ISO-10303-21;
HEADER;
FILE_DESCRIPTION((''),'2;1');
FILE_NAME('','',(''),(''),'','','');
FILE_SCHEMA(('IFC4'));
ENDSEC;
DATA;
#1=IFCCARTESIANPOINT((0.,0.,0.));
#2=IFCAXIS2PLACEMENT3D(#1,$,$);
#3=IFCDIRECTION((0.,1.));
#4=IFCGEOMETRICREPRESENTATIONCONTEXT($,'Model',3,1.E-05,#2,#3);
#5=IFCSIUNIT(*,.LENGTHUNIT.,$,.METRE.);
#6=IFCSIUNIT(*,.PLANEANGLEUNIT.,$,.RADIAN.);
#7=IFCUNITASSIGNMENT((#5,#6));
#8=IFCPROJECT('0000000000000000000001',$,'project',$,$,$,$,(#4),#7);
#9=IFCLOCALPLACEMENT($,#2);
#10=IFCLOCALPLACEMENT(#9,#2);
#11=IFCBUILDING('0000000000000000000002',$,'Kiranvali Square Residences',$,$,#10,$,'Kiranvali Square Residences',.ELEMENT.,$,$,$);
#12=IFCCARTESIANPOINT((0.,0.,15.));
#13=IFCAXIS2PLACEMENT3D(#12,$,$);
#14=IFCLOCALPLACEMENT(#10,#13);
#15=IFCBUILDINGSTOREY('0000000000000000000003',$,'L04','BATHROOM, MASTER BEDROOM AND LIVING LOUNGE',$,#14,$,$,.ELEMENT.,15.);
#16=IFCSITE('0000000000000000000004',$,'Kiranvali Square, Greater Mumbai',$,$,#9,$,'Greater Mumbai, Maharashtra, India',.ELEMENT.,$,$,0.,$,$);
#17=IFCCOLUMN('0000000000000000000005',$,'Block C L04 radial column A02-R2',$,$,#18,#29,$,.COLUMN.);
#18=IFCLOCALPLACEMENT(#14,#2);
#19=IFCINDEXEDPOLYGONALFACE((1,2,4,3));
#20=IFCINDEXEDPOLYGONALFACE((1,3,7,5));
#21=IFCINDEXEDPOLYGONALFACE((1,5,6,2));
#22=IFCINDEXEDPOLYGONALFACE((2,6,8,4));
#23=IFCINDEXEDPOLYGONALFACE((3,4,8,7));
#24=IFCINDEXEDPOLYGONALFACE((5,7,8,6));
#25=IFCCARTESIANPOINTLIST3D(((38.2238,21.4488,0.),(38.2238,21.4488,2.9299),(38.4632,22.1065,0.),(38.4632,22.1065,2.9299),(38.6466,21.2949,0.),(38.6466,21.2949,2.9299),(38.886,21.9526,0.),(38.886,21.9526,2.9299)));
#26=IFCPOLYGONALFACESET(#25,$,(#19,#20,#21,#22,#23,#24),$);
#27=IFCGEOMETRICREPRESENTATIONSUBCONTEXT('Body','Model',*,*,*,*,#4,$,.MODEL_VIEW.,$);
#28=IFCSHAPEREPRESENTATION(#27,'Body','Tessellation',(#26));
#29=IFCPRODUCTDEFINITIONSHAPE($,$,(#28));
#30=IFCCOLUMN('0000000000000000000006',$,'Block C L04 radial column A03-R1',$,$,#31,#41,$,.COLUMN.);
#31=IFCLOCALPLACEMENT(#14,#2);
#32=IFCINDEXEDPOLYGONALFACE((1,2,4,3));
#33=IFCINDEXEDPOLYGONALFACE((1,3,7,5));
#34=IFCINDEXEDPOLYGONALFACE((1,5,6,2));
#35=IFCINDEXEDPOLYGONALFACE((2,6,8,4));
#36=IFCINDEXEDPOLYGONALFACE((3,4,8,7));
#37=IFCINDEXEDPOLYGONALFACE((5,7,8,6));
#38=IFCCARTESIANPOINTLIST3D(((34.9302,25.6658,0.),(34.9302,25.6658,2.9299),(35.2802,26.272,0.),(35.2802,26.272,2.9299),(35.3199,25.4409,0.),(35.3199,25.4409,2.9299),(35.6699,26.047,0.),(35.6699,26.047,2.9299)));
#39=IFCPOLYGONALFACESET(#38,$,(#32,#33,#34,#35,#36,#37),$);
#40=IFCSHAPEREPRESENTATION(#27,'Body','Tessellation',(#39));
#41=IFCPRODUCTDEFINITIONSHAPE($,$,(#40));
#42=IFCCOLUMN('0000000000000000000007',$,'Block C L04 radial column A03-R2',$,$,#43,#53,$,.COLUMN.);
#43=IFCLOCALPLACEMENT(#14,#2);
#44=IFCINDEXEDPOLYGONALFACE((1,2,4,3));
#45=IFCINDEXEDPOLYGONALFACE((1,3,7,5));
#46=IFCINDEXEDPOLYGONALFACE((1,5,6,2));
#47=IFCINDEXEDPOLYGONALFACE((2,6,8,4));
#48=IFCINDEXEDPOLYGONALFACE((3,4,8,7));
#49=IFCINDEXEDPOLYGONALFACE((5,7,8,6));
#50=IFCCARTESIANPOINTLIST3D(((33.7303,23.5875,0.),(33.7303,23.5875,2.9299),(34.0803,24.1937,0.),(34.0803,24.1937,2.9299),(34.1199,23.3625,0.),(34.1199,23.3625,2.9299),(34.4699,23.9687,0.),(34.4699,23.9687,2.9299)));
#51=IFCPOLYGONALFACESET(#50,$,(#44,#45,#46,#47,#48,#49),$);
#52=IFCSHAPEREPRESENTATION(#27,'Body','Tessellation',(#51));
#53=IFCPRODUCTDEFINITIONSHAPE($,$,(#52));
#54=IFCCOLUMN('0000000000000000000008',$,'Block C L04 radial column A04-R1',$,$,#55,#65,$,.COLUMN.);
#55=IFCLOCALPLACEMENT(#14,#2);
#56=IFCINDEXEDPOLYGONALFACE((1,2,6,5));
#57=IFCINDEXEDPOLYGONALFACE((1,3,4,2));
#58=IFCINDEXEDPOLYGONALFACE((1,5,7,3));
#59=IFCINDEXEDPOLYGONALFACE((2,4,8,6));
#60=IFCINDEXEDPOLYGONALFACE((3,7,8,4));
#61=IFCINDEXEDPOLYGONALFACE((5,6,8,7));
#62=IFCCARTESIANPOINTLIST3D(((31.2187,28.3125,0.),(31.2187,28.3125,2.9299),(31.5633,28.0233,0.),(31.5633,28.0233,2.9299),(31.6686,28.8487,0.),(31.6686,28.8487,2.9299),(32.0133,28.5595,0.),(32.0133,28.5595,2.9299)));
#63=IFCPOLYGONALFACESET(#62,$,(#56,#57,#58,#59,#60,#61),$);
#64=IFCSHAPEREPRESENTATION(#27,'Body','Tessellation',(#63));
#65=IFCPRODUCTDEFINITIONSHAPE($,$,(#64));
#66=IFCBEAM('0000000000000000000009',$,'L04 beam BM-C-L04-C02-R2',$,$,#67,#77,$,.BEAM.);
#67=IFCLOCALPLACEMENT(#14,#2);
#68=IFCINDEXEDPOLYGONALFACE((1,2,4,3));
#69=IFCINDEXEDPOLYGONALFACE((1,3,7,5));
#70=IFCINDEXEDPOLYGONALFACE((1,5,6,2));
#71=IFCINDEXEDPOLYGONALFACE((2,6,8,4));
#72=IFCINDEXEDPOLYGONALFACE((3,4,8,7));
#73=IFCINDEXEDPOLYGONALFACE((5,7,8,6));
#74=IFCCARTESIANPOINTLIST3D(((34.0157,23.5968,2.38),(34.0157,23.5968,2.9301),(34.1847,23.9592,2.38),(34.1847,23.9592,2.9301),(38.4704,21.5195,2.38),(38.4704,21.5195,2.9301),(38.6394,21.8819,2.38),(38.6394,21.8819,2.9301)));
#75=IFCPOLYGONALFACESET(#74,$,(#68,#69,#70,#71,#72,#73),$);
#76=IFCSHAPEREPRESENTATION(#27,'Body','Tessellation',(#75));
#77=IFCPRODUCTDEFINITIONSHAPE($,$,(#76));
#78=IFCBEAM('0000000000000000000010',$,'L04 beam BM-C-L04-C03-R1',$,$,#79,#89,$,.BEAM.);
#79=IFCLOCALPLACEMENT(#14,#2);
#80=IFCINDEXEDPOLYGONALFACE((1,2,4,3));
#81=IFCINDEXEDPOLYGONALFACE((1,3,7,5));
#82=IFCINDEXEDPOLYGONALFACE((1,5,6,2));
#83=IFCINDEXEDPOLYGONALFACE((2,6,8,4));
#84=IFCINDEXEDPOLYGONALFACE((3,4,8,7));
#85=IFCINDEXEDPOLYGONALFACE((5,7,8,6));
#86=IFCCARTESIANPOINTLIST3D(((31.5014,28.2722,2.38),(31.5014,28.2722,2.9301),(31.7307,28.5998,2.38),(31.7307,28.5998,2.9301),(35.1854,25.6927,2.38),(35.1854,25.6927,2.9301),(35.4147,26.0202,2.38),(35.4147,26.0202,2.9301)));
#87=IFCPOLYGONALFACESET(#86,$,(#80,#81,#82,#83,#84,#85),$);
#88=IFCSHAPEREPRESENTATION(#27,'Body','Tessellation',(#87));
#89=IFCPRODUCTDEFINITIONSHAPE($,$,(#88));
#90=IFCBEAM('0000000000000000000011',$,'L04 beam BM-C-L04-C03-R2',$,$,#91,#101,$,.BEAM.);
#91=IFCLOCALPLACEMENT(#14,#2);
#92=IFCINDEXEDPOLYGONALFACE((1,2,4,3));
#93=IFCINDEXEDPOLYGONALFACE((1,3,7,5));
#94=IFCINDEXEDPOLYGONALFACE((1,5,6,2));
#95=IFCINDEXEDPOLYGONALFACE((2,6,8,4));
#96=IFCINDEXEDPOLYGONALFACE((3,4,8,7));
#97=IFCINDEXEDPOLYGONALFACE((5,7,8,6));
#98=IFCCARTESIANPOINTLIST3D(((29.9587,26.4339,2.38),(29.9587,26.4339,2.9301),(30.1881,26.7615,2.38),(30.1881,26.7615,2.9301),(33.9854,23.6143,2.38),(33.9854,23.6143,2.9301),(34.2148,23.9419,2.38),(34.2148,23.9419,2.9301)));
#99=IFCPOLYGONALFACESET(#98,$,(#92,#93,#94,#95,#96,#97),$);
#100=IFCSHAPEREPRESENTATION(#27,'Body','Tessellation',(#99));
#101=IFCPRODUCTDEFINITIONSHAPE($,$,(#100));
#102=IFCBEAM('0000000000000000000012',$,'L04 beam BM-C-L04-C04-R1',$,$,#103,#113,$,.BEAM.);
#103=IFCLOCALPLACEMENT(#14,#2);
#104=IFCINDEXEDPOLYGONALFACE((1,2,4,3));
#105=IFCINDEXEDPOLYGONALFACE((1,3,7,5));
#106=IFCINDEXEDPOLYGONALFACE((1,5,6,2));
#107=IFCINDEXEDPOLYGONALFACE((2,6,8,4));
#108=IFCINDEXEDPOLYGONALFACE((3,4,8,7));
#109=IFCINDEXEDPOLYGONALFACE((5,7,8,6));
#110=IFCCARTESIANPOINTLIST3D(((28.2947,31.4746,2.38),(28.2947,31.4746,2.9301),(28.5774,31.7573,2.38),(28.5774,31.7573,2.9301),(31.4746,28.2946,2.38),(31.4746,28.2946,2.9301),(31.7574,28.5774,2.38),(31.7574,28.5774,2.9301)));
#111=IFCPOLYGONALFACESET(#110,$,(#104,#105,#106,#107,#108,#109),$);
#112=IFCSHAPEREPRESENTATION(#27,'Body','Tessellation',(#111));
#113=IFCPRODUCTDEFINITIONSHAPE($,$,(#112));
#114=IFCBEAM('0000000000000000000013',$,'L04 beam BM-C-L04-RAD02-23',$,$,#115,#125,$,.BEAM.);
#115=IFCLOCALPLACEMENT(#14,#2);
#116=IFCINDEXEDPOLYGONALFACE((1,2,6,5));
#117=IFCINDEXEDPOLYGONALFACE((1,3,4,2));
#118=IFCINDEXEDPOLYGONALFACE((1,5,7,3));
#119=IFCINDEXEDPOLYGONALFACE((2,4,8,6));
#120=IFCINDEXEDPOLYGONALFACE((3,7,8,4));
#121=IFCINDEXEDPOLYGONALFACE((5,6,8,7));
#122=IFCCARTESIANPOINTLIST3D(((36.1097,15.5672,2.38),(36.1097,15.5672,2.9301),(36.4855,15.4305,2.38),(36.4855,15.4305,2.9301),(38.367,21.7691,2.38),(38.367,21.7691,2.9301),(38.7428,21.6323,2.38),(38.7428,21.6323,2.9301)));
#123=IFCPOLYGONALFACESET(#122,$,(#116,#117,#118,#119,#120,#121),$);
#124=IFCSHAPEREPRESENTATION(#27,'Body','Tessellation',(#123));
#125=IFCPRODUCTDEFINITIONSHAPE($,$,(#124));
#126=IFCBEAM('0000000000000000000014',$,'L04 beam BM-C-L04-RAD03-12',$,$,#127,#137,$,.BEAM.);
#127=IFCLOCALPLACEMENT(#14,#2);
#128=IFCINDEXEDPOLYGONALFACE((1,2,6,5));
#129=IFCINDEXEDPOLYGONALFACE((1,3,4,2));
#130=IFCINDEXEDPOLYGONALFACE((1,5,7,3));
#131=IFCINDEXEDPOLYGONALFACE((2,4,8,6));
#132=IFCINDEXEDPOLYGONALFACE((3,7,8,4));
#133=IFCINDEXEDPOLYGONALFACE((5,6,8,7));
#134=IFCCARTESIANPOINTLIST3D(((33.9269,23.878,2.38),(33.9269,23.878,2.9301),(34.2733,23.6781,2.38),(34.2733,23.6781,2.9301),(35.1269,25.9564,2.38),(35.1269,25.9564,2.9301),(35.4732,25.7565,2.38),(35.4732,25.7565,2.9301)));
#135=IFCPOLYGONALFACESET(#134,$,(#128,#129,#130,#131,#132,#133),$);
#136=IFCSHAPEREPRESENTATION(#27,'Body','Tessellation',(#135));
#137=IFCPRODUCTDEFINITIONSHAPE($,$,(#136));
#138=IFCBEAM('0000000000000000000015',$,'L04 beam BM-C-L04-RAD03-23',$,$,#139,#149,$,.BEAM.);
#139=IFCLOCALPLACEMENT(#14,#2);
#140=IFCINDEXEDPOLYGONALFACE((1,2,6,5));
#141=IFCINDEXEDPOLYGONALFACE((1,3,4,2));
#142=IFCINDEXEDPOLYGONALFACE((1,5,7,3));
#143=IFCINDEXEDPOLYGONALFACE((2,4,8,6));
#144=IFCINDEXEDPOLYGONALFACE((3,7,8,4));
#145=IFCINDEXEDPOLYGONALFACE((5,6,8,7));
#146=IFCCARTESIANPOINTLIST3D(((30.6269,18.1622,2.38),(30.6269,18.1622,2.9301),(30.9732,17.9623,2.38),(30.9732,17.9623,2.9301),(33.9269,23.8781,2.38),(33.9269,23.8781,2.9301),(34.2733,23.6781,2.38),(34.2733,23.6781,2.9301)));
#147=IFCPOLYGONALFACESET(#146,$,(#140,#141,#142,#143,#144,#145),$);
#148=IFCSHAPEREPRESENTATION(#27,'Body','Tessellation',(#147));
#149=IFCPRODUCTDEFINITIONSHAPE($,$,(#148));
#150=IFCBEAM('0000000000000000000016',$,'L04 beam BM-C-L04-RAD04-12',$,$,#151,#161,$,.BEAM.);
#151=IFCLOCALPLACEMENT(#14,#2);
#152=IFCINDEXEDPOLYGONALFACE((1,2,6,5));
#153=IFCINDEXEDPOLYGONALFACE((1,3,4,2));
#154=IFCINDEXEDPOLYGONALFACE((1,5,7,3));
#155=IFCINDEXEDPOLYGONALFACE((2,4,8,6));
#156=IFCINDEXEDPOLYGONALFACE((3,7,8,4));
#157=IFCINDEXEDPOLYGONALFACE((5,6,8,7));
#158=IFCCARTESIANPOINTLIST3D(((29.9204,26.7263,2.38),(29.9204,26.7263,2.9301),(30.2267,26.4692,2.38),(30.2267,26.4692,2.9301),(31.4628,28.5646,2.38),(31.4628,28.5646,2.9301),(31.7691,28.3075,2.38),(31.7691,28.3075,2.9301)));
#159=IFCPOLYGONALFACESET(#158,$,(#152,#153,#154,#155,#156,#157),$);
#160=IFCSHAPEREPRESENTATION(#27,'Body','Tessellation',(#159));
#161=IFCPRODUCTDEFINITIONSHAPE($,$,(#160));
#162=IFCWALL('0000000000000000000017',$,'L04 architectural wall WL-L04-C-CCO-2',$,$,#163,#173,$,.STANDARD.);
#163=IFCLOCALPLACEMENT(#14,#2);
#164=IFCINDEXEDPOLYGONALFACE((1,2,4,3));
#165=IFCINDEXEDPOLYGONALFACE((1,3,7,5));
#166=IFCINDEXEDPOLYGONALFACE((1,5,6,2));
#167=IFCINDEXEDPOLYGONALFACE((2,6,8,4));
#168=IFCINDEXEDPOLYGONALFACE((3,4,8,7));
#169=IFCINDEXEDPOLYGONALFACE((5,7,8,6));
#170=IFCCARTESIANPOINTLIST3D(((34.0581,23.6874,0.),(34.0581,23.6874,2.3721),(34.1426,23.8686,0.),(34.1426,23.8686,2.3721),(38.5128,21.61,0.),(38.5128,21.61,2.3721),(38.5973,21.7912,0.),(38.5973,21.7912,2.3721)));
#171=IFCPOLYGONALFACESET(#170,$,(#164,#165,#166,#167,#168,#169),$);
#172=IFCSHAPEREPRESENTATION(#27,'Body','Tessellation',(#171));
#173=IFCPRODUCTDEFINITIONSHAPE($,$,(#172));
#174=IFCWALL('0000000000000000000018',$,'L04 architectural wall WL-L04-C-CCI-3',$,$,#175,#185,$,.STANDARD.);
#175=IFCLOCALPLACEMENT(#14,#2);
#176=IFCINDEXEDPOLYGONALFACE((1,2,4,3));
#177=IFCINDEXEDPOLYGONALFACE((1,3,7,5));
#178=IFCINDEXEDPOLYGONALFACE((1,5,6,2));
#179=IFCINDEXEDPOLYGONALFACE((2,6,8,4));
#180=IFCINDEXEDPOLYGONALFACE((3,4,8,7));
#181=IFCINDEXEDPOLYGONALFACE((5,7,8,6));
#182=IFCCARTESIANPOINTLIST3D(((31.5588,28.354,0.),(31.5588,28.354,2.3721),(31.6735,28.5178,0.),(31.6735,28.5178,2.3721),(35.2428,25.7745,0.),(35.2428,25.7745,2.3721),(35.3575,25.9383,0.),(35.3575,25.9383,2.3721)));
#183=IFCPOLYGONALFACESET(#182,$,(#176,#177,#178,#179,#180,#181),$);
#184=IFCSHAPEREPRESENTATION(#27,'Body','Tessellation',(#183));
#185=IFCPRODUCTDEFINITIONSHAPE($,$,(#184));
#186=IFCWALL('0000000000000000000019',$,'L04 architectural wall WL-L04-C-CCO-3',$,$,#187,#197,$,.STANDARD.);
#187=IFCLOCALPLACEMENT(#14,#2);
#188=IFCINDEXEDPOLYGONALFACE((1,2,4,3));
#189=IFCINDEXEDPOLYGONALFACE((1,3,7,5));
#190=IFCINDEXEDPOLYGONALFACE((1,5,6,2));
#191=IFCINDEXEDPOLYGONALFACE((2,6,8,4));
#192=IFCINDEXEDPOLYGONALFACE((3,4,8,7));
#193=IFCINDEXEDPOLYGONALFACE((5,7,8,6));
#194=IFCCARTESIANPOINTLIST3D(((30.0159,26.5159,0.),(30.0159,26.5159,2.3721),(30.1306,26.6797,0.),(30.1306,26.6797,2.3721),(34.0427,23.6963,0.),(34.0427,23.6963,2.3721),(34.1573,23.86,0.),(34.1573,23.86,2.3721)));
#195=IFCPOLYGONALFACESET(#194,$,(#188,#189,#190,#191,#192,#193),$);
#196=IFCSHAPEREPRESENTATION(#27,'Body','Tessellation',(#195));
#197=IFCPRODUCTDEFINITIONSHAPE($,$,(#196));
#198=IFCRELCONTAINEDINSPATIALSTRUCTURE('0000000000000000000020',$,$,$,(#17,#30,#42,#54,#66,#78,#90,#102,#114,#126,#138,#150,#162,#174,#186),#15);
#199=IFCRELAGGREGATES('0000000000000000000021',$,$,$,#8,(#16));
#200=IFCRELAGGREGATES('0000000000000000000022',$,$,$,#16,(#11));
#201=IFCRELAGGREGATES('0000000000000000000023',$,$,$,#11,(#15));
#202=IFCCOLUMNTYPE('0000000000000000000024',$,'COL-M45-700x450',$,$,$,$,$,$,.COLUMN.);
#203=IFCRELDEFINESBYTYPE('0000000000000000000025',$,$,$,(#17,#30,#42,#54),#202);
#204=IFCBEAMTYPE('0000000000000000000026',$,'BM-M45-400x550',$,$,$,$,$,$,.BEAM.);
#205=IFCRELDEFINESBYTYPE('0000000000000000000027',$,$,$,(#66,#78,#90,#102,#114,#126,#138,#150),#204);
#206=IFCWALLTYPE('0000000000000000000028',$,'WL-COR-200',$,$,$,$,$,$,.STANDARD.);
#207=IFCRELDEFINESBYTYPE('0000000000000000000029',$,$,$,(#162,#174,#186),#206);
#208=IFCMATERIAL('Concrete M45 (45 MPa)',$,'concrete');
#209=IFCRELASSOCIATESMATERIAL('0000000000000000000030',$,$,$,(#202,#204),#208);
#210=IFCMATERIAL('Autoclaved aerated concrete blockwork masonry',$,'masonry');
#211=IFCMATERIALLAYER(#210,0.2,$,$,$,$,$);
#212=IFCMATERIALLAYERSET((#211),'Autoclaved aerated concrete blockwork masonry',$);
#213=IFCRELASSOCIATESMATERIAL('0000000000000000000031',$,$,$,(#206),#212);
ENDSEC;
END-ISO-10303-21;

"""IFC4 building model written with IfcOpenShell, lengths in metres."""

from ifc_helpers import new_model, si_unit, direction, frame, frame_2d, origin, origin_2d, place, context, subcontext, project, spatial, rectangle, extrude, material, layer, layer_set, material_profile, profile_set, type_object, element, save


model = new_model("IFC4")

# Units and contexts
model_context = context("Model", 3, precision=1e-05, world=origin(), true_north=direction((0.0, 1.0)))
body_context = subcontext(model_context, "Body", "Model", "MODEL_VIEW")
ifc_project = project(units=[si_unit("LENGTHUNIT", "METRE"), si_unit("PLANEANGLEUNIT", "RADIAN")], contexts=[model_context])

# Site, building, storey
site_placement = place(None, origin())
site = spatial("IfcSite", under=ifc_project, at=site_placement, Name="Kiranvali Square, Greater Mumbai", LongName="Greater Mumbai, Maharashtra, India", CompositionType="ELEMENT", RefElevation=0.0)
building_placement = place(site_placement, origin())
building = spatial("IfcBuilding", under=site, at=building_placement, Name="Kiranvali Square Residences", LongName="Kiranvali Square Residences", CompositionType="ELEMENT")
storey_placement = place(building_placement, frame((0.0, 0.0, 15.0)))
storey = spatial("IfcBuildingStorey", under=building, at=storey_placement, Name="L04", Description="BATHROOM, MASTER BEDROOM AND LIVING LOUNGE", CompositionType="ELEMENT", Elevation=15.0)

# Columns
ifc_material_1 = material(Name="Concrete M45 (45 MPa)", Category="concrete")
ifc_material_profile_1 = material_profile(ifc_material_1, rectangle(XDim=0.45, YDim=0.7, at=origin_2d()), Name="RC 700x450")
ifc_profile_set_1 = profile_set([ifc_material_profile_1], Name="Concrete M45 (45 MPa)")
column_type = type_object("IfcColumnType", Name="COL-M45-700x450", PredefinedType="COLUMN", material=ifc_profile_set_1)
for number, where, z_axis, x_axis, name in (
    (1, (38.5549, 21.7007, 0.0), (0.0, 0.0, 1.0), (-0.939693, 0.34202, 0.0), "Block C L04 radial column A02-R2"),
    (2, (35.3, 25.8564, 0.0), (0.0, 0.0, 1.0), (-0.866025, 0.5, 0.0), "Block C L04 radial column A03-R1"),
    (3, (34.1001, 23.7781, 0.0), (0.0, 0.0, 1.0), (-0.866025, 0.5, 0.0), "Block C L04 radial column A03-R2"),
    (4, (31.616, 28.436, 0.0), (0.0, 0.0, 1.0), (-0.766044, 0.642788, 0.0), "Block C L04 radial column A04-R1"),
):
    element("IfcColumn", number, at=place(storey_placement, frame(where, z_axis=z_axis, x_axis=x_axis)), inside=storey, type_object=column_type, Name=name, PredefinedType="COLUMN", context=body_context, shape_type="SweptSolid", body=[
        extrude(rectangle(XDim=0.45, YDim=0.7, at=origin_2d()), origin(), (0.0, 0.0, 1.0), 2.9299),
    ])

# Beams
ifc_material_profile_2 = material_profile(ifc_material_1, rectangle(XDim=0.3999, YDim=0.55, at=origin_2d()), Name="RC 400x550")
ifc_profile_set_2 = profile_set([ifc_material_profile_2], Name="Concrete M45 (45 MPa)")
beam_type = type_object("IfcBeamType", Name="BM-M45-400x550", PredefinedType="BEAM", material=ifc_profile_set_2)
beam_1_placement = place(storey_placement, frame((38.5549, 21.7007, 2.655), z_axis=(-0.906302, 0.42263, 0.0), x_axis=(-0.42263, -0.906302, 0.0)))
element("IfcBeam", 5, at=beam_1_placement, inside=storey, type_object=beam_type, Name="L04 beam BM-C-L04-C02-R2", PredefinedType="BEAM", context=body_context, shape_type="SweptSolid", body=[
    extrude(rectangle(XDim=0.3999, YDim=0.55, at=origin_2d()), origin(), (0.0, 0.0, 1.0), 4.9153),
])
beam_2_placement = place(storey_placement, frame((35.3, 25.8564, 2.655), z_axis=(-0.819155, 0.573572, 0.0), x_axis=(-0.573572, -0.819155, 0.0)))
element("IfcBeam", 6, at=beam_2_placement, inside=storey, type_object=beam_type, Name="L04 beam BM-C-L04-C03-R1", PredefinedType="BEAM", context=body_context, shape_type="SweptSolid", body=[
    extrude(rectangle(XDim=0.3999, YDim=0.55, at=origin_2d()), origin(), (0.0, 0.0, 1.0), 4.4973),
])
beam_3_placement = place(storey_placement, frame((34.1001, 23.7781, 2.655), z_axis=(-0.819141, 0.573592, 0.0), x_axis=(-0.573592, -0.819141, 0.0)))
element("IfcBeam", 7, at=beam_3_placement, inside=storey, type_object=beam_type, Name="L04 beam BM-C-L04-C03-R2", PredefinedType="BEAM", context=body_context, shape_type="SweptSolid", body=[
    extrude(rectangle(XDim=0.3999, YDim=0.55, at=origin_2d()), origin(), (0.0, 0.0, 1.0), 4.9158),
])
beam_4_placement = place(storey_placement, frame((31.616, 28.436, 2.655), z_axis=(-0.707107, 0.707107, 0.0), x_axis=(-0.707107, -0.707107, 0.0)))
element("IfcBeam", 8, at=beam_4_placement, inside=storey, type_object=beam_type, Name="L04 beam BM-C-L04-C04-R1", PredefinedType="BEAM", context=body_context, shape_type="SweptSolid", body=[
    extrude(rectangle(XDim=0.3999, YDim=0.55, at=origin_2d()), origin(), (0.0, 0.0, 1.0), 4.4971),
])
beam_5_placement = place(storey_placement, frame((38.5549, 21.7007, 2.655), z_axis=(-0.342022, -0.939692, 0.0), x_axis=(0.939692, -0.342022, 0.0)))
element("IfcBeam", 9, at=beam_5_placement, inside=storey, type_object=beam_type, Name="L04 beam BM-C-L04-RAD02-23", PredefinedType="BEAM", context=body_context, shape_type="SweptSolid", body=[
    extrude(rectangle(XDim=0.3999, YDim=0.55, at=origin_2d()), origin(), (0.0, 0.0, 1.0), 6.5999),
])
beam_6_placement = place(storey_placement, frame((35.3, 25.8564, 2.655), z_axis=(-0.500001, -0.866025, 0.0), x_axis=(0.866025, -0.500001, 0.0)))
element("IfcBeam", 10, at=beam_6_placement, inside=storey, type_object=beam_type, Name="L04 beam BM-C-L04-RAD03-12", PredefinedType="BEAM", context=body_context, shape_type="SweptSolid", body=[
    extrude(rectangle(XDim=0.3999, YDim=0.55, at=origin_2d()), origin(), (0.0, 0.0, 1.0), 2.3999),
])
beam_7_placement = place(storey_placement, frame((34.1001, 23.7781, 2.655), z_axis=(-0.500002, -0.866024, 0.0), x_axis=(0.866024, -0.500002, 0.0)))
element("IfcBeam", 11, at=beam_7_placement, inside=storey, type_object=beam_type, Name="L04 beam BM-C-L04-RAD03-23", PredefinedType="BEAM", context=body_context, shape_type="SweptSolid", body=[
    extrude(rectangle(XDim=0.3999, YDim=0.55, at=origin_2d()), origin(), (0.0, 0.0, 1.0), 6.6001),
])
beam_8_placement = place(storey_placement, frame((31.616, 28.436, 2.655), z_axis=(-0.642763, -0.766065, 0.0), x_axis=(0.766065, -0.642763, 0.0)))
element("IfcBeam", 12, at=beam_8_placement, inside=storey, type_object=beam_type, Name="L04 beam BM-C-L04-RAD04-12", PredefinedType="BEAM", context=body_context, shape_type="SweptSolid", body=[
    extrude(rectangle(XDim=0.3999, YDim=0.55, at=origin_2d()), origin(), (0.0, 0.0, 1.0), 2.3997),
])

# Walls
ifc_material_2 = material(Name="Autoclaved aerated concrete blockwork masonry", Category="masonry")
ifc_layer_1 = layer(ifc_material_2, 0.2)
ifc_layer_set_1 = layer_set([ifc_layer_1], Name="Autoclaved aerated concrete blockwork masonry")
wall_type_1 = type_object("IfcWallType", Name="WL-COR-200", PredefinedType="STANDARD", material=ifc_layer_set_1)
wall_1_placement = place(storey_placement, frame((38.5549, 21.7007, 0.0), z_axis=(0.0, 0.0, 1.0), x_axis=(-0.906302, 0.42263, 0.0)))
element("IfcWall", 13, at=wall_1_placement, inside=storey, type_object=wall_type_1, Name="L04 architectural wall WL-L04-C-CCO-2", PredefinedType="STANDARD", context=body_context, shape_type="SweptSolid", body=[
    extrude(rectangle(XDim=4.9153, YDim=0.2, at=frame_2d((2.4575, 0.0))), origin(), (0.0, 0.0, 1.0), 2.3721),
])
wall_2_placement = place(storey_placement, frame((35.3, 25.8564, 0.0), z_axis=(0.0, 0.0, 1.0), x_axis=(-0.819155, 0.573572, 0.0)))
element("IfcWall", 14, at=wall_2_placement, inside=storey, type_object=wall_type_1, Name="L04 architectural wall WL-L04-C-CCI-3", PredefinedType="STANDARD", context=body_context, shape_type="SweptSolid", body=[
    extrude(rectangle(XDim=4.4973, YDim=0.2, at=frame_2d((2.2485, 0.0))), origin(), (0.0, 0.0, 1.0), 2.3721),
])
wall_3_placement = place(storey_placement, frame((34.1001, 23.7781, 0.0), z_axis=(0.0, 0.0, 1.0), x_axis=(-0.819141, 0.573592, 0.0)))
element("IfcWall", 15, at=wall_3_placement, inside=storey, type_object=wall_type_1, Name="L04 architectural wall WL-L04-C-CCO-3", PredefinedType="STANDARD", context=body_context, shape_type="SweptSolid", body=[
    extrude(rectangle(XDim=4.9158, YDim=0.2, at=frame_2d((2.458, 0.0))), origin(), (0.0, 0.0, 1.0), 2.3721),
])

save(model, "model.ifc")
